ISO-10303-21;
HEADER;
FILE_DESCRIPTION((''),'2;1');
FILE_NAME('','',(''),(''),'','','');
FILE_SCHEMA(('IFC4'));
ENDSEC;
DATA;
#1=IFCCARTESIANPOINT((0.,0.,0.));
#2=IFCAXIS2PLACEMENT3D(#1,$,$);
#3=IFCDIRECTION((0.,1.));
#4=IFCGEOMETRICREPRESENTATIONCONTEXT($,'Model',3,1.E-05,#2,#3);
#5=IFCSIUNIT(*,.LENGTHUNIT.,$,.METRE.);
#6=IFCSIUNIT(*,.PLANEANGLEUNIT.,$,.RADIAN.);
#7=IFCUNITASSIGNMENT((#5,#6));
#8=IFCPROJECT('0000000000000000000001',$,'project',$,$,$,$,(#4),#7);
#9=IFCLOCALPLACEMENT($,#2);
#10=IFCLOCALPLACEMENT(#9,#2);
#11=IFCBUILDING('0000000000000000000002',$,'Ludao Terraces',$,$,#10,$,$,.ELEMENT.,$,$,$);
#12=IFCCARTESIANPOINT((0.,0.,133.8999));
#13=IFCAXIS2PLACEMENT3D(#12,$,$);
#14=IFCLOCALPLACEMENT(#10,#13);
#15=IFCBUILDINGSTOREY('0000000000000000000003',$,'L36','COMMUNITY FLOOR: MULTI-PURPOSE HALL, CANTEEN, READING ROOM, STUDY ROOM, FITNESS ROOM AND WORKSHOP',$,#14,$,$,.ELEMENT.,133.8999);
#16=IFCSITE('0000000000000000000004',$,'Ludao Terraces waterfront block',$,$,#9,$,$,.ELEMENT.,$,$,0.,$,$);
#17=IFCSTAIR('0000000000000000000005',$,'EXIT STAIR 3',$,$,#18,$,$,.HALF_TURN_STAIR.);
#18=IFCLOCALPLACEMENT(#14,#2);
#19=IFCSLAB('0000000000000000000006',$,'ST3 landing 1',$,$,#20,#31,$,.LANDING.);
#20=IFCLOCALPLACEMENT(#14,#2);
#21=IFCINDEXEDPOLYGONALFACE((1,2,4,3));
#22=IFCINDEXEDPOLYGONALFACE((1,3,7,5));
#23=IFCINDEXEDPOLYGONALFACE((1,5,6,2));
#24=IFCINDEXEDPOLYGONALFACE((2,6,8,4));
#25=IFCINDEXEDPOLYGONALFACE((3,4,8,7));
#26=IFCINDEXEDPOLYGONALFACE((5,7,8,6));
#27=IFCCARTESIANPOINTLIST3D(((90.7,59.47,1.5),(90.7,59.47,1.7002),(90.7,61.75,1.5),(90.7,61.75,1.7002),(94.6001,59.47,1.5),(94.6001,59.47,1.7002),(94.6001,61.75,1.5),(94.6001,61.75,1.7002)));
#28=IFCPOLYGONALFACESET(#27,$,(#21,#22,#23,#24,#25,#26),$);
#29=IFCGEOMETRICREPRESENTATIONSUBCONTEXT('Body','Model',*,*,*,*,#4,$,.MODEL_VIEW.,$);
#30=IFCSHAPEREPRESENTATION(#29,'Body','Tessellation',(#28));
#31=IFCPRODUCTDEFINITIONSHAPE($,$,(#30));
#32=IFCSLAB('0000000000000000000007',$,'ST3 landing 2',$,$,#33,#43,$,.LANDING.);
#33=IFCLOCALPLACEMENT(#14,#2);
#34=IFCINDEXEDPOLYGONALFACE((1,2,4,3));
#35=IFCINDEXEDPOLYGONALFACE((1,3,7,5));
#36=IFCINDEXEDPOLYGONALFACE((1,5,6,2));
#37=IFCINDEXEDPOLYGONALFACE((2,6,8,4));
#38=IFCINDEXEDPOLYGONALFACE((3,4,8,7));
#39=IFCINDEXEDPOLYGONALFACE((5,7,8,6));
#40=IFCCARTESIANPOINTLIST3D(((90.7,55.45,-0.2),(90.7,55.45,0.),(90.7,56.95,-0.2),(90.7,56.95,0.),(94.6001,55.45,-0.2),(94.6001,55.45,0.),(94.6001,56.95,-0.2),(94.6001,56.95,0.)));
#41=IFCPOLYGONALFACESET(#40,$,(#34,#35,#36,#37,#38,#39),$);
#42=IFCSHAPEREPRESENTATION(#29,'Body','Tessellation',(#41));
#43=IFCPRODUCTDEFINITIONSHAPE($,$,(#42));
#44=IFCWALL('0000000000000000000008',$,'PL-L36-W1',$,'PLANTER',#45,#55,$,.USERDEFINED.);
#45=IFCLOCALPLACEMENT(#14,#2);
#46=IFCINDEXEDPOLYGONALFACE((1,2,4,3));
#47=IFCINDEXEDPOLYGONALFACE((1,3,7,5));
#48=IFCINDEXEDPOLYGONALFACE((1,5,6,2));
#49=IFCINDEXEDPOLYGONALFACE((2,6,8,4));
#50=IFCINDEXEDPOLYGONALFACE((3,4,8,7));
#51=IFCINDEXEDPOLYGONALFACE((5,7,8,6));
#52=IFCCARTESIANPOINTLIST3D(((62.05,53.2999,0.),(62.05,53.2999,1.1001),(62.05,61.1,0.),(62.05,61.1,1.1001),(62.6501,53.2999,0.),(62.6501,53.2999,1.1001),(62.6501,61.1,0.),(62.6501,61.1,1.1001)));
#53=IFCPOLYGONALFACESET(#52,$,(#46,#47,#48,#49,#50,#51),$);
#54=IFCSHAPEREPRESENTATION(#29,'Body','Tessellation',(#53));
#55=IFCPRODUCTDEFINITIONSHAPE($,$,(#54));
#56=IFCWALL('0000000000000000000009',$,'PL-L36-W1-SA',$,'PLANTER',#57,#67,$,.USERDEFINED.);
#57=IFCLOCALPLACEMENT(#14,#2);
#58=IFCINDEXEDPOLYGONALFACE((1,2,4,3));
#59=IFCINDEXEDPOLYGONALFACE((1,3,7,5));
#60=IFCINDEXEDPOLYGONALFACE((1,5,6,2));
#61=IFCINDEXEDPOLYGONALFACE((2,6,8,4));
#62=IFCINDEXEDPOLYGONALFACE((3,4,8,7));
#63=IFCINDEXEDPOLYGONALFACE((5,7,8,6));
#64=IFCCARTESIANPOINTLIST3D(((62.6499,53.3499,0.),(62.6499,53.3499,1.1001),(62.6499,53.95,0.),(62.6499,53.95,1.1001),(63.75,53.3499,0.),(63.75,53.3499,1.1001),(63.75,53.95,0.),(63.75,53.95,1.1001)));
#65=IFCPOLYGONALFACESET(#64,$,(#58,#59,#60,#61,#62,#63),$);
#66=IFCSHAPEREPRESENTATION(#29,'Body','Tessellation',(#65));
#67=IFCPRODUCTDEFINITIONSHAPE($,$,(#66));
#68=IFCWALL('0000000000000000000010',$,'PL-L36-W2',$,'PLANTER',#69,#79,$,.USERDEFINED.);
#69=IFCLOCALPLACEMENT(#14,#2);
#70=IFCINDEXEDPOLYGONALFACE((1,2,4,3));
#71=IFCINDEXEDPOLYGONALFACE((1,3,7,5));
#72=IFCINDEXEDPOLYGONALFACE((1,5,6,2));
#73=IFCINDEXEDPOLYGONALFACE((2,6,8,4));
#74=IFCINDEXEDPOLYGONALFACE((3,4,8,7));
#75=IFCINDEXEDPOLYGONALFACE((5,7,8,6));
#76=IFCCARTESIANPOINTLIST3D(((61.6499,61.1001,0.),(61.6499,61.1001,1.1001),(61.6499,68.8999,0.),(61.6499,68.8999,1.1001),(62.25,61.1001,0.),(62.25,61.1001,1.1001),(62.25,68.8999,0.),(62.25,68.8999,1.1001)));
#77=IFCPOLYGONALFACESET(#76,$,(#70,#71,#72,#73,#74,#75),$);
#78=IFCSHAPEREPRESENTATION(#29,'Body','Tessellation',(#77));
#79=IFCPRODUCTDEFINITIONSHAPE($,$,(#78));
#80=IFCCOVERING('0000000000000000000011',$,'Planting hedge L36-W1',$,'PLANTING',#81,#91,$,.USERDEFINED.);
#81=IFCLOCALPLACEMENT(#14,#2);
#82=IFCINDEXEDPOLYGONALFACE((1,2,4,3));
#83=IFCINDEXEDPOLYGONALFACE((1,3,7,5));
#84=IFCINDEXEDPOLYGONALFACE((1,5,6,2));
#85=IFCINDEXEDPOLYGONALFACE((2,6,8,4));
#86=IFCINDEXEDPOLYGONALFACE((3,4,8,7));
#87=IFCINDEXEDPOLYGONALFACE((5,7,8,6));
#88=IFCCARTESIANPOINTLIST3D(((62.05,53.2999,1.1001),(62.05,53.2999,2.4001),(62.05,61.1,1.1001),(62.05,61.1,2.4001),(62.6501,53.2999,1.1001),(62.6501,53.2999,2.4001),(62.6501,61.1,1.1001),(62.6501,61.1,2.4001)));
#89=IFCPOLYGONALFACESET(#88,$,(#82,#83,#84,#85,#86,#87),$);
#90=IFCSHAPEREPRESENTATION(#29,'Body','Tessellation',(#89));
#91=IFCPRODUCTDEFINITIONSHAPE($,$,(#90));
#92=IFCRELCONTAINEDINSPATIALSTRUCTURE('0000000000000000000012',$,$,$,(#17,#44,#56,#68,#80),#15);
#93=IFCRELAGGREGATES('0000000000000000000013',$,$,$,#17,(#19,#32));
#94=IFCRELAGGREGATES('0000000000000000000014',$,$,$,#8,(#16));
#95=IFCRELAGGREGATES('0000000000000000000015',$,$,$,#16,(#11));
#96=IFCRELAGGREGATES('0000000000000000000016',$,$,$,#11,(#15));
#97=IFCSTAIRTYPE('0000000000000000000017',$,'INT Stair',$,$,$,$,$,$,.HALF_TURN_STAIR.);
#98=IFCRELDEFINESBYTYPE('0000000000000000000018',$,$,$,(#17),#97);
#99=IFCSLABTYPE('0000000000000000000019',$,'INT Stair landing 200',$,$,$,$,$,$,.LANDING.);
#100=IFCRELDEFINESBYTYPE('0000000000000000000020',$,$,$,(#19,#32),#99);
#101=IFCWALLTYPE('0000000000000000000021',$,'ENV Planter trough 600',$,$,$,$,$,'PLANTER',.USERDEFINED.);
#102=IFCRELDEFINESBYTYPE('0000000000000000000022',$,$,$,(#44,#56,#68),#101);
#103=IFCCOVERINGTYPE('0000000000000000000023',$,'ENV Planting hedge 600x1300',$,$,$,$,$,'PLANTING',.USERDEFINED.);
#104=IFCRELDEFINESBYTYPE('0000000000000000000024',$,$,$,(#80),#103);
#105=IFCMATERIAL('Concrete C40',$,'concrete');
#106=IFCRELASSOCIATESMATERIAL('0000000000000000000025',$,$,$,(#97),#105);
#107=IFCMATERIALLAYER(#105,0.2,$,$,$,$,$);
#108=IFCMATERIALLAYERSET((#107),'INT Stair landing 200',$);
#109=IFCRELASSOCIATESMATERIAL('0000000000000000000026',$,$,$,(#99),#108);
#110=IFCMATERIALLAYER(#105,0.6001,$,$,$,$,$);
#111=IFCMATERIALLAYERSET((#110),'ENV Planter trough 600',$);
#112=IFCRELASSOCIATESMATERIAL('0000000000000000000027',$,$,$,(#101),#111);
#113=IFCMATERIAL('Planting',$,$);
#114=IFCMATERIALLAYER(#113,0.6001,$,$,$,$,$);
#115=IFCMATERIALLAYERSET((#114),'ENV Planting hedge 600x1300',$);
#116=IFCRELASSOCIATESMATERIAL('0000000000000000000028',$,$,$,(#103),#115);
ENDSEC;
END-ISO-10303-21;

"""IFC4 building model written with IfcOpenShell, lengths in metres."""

from ifc_helpers import new_model, si_unit, direction, frame, frame_2d, origin, origin_2d, place, context, subcontext, project, spatial, polyline, rectangle, outline, extrude, material, layer, layer_set, type_object, element, aggregate, save


model = new_model("IFC4")

# Units and contexts
model_context = context("Model", 3, precision=1e-05, world=origin(), true_north=direction((0.0, 1.0)))
body_context = subcontext(model_context, "Body", "Model", "MODEL_VIEW")
ifc_project = project(units=[si_unit("LENGTHUNIT", "METRE"), si_unit("PLANEANGLEUNIT", "RADIAN")], contexts=[model_context])

# Site, building, storey
site_placement = place(None, origin())
site = spatial("IfcSite", under=ifc_project, at=site_placement, Name="Ludao Terraces waterfront block", CompositionType="ELEMENT", RefElevation=0.0)
building_placement = place(site_placement, origin())
building = spatial("IfcBuilding", under=site, at=building_placement, Name="Ludao Terraces", CompositionType="ELEMENT")
storey_placement = place(building_placement, frame((0.0, 0.0, 133.8999)))
storey = spatial("IfcBuildingStorey", under=building, at=storey_placement, Name="L36", Description="COMMUNITY FLOOR: MULTI-PURPOSE HALL, CANTEEN, READING ROOM, STUDY ROOM, FITNESS ROOM AND WORKSHOP", CompositionType="ELEMENT", Elevation=133.8999)

# Shared definitions
ifc_material_1 = material(Name="Concrete C40", Category="concrete")

# Stair, slabs
stair_type = type_object("IfcStairType", Name="INT Stair", PredefinedType="HALF_TURN_STAIR", material=ifc_material_1)
ifc_layer_1 = layer(ifc_material_1, 0.2)
ifc_layer_set_1 = layer_set([ifc_layer_1], Name="INT Stair landing 200")
slab_type_1 = type_object("IfcSlabType", Name="INT Stair landing 200", PredefinedType="LANDING", material=ifc_layer_set_1)
stair_1_placement = place(storey_placement, origin())
stair_1 = element("IfcStair", 1, at=stair_1_placement, inside=storey, type_object=stair_type, Name="EXIT STAIR 3", PredefinedType="HALF_TURN_STAIR")
slab_1_placement = place(storey_placement, frame((0.0, 0.0, 1.5)))
slab_1 = element("IfcSlab", 2, at=slab_1_placement, type_object=slab_type_1, Name="ST3 landing 1", PredefinedType="LANDING", context=body_context, shape_type="SweptSolid", body=[
    extrude(outline(polyline([(90.7, 59.47), (94.6001, 59.47), (94.6001, 61.75), (90.7, 61.75), (90.7, 59.47)])), origin(), (0.0, 0.0, 1.0), 0.2002),
])
slab_2_placement = place(storey_placement, frame((0.0, 0.0, -0.2)))
slab_2 = element("IfcSlab", 3, at=slab_2_placement, type_object=slab_type_1, Name="ST3 landing 2", PredefinedType="LANDING", context=body_context, shape_type="SweptSolid", body=[
    extrude(outline(polyline([(90.7, 55.45), (94.6001, 55.45), (94.6001, 56.95), (90.7, 56.95), (90.7, 55.45)])), origin(), (0.0, 0.0, 1.0), 0.2),
])
aggregate(stair_1, [slab_1, slab_2])

# Walls
ifc_layer_2 = layer(ifc_material_1, 0.6001)
ifc_layer_set_2 = layer_set([ifc_layer_2], Name="ENV Planter trough 600")
wall_type = type_object("IfcWallType", Name="ENV Planter trough 600", ElementType="PLANTER", PredefinedType="USERDEFINED", material=ifc_layer_set_2)
wall_1_placement = place(storey_placement, frame((62.3501, 53.3, 0.0), z_axis=(0.0, 0.0, 1.0), x_axis=(0.0, 1.0, 0.0)))
element("IfcWall", 4, at=wall_1_placement, inside=storey, type_object=wall_type, Name="PL-L36-W1", ObjectType="PLANTER", PredefinedType="USERDEFINED", context=body_context, shape_type="SweptSolid", body=[
    extrude(rectangle(XDim=7.8, YDim=0.6001, at=frame_2d((3.8999, 0.0))), origin(), (0.0, 0.0, 1.0), 1.1001),
])
wall_2_placement = place(storey_placement, frame((62.6499, 53.6499, 0.0), z_axis=(0.0, 0.0, 1.0), x_axis=(1.0, 0.0, 0.0)))
element("IfcWall", 5, at=wall_2_placement, inside=storey, type_object=wall_type, Name="PL-L36-W1-SA", ObjectType="PLANTER", PredefinedType="USERDEFINED", context=body_context, shape_type="SweptSolid", body=[
    extrude(rectangle(XDim=1.1001, YDim=0.6001, at=frame_2d((0.55, 0.0))), origin(), (0.0, 0.0, 1.0), 1.1001),
])
wall_3_placement = place(storey_placement, frame((61.95, 61.1001, 0.0), z_axis=(0.0, 0.0, 1.0), x_axis=(0.0, 1.0, 0.0)))
element("IfcWall", 6, at=wall_3_placement, inside=storey, type_object=wall_type, Name="PL-L36-W2", ObjectType="PLANTER", PredefinedType="USERDEFINED", context=body_context, shape_type="SweptSolid", body=[
    extrude(rectangle(XDim=7.7998, YDim=0.6001, at=frame_2d((3.8999, 0.0))), origin(), (0.0, 0.0, 1.0), 1.1001),
])

# Covering
ifc_material_2 = material(Name="Planting")
ifc_layer_3 = layer(ifc_material_2, 0.6001)
ifc_layer_set_3 = layer_set([ifc_layer_3], Name="ENV Planting hedge 600x1300")
covering_type = type_object("IfcCoveringType", Name="ENV Planting hedge 600x1300", ElementType="PLANTING", PredefinedType="USERDEFINED", material=ifc_layer_set_3)
covering_placement = place(storey_placement, frame((62.3501, 57.2, 1.1001), z_axis=(0.0, 0.0, 1.0), x_axis=(1.0, 0.0, 0.0)))
element("IfcCovering", 7, at=covering_placement, inside=storey, type_object=covering_type, Name="Planting hedge L36-W1", ObjectType="PLANTING", PredefinedType="USERDEFINED", context=body_context, shape_type="SweptSolid", body=[
    extrude(rectangle(XDim=0.6001, YDim=7.8, at=origin_2d()), origin(), (0.0, 0.0, 1.0), 1.3),
])

save(model, "model.ifc")
